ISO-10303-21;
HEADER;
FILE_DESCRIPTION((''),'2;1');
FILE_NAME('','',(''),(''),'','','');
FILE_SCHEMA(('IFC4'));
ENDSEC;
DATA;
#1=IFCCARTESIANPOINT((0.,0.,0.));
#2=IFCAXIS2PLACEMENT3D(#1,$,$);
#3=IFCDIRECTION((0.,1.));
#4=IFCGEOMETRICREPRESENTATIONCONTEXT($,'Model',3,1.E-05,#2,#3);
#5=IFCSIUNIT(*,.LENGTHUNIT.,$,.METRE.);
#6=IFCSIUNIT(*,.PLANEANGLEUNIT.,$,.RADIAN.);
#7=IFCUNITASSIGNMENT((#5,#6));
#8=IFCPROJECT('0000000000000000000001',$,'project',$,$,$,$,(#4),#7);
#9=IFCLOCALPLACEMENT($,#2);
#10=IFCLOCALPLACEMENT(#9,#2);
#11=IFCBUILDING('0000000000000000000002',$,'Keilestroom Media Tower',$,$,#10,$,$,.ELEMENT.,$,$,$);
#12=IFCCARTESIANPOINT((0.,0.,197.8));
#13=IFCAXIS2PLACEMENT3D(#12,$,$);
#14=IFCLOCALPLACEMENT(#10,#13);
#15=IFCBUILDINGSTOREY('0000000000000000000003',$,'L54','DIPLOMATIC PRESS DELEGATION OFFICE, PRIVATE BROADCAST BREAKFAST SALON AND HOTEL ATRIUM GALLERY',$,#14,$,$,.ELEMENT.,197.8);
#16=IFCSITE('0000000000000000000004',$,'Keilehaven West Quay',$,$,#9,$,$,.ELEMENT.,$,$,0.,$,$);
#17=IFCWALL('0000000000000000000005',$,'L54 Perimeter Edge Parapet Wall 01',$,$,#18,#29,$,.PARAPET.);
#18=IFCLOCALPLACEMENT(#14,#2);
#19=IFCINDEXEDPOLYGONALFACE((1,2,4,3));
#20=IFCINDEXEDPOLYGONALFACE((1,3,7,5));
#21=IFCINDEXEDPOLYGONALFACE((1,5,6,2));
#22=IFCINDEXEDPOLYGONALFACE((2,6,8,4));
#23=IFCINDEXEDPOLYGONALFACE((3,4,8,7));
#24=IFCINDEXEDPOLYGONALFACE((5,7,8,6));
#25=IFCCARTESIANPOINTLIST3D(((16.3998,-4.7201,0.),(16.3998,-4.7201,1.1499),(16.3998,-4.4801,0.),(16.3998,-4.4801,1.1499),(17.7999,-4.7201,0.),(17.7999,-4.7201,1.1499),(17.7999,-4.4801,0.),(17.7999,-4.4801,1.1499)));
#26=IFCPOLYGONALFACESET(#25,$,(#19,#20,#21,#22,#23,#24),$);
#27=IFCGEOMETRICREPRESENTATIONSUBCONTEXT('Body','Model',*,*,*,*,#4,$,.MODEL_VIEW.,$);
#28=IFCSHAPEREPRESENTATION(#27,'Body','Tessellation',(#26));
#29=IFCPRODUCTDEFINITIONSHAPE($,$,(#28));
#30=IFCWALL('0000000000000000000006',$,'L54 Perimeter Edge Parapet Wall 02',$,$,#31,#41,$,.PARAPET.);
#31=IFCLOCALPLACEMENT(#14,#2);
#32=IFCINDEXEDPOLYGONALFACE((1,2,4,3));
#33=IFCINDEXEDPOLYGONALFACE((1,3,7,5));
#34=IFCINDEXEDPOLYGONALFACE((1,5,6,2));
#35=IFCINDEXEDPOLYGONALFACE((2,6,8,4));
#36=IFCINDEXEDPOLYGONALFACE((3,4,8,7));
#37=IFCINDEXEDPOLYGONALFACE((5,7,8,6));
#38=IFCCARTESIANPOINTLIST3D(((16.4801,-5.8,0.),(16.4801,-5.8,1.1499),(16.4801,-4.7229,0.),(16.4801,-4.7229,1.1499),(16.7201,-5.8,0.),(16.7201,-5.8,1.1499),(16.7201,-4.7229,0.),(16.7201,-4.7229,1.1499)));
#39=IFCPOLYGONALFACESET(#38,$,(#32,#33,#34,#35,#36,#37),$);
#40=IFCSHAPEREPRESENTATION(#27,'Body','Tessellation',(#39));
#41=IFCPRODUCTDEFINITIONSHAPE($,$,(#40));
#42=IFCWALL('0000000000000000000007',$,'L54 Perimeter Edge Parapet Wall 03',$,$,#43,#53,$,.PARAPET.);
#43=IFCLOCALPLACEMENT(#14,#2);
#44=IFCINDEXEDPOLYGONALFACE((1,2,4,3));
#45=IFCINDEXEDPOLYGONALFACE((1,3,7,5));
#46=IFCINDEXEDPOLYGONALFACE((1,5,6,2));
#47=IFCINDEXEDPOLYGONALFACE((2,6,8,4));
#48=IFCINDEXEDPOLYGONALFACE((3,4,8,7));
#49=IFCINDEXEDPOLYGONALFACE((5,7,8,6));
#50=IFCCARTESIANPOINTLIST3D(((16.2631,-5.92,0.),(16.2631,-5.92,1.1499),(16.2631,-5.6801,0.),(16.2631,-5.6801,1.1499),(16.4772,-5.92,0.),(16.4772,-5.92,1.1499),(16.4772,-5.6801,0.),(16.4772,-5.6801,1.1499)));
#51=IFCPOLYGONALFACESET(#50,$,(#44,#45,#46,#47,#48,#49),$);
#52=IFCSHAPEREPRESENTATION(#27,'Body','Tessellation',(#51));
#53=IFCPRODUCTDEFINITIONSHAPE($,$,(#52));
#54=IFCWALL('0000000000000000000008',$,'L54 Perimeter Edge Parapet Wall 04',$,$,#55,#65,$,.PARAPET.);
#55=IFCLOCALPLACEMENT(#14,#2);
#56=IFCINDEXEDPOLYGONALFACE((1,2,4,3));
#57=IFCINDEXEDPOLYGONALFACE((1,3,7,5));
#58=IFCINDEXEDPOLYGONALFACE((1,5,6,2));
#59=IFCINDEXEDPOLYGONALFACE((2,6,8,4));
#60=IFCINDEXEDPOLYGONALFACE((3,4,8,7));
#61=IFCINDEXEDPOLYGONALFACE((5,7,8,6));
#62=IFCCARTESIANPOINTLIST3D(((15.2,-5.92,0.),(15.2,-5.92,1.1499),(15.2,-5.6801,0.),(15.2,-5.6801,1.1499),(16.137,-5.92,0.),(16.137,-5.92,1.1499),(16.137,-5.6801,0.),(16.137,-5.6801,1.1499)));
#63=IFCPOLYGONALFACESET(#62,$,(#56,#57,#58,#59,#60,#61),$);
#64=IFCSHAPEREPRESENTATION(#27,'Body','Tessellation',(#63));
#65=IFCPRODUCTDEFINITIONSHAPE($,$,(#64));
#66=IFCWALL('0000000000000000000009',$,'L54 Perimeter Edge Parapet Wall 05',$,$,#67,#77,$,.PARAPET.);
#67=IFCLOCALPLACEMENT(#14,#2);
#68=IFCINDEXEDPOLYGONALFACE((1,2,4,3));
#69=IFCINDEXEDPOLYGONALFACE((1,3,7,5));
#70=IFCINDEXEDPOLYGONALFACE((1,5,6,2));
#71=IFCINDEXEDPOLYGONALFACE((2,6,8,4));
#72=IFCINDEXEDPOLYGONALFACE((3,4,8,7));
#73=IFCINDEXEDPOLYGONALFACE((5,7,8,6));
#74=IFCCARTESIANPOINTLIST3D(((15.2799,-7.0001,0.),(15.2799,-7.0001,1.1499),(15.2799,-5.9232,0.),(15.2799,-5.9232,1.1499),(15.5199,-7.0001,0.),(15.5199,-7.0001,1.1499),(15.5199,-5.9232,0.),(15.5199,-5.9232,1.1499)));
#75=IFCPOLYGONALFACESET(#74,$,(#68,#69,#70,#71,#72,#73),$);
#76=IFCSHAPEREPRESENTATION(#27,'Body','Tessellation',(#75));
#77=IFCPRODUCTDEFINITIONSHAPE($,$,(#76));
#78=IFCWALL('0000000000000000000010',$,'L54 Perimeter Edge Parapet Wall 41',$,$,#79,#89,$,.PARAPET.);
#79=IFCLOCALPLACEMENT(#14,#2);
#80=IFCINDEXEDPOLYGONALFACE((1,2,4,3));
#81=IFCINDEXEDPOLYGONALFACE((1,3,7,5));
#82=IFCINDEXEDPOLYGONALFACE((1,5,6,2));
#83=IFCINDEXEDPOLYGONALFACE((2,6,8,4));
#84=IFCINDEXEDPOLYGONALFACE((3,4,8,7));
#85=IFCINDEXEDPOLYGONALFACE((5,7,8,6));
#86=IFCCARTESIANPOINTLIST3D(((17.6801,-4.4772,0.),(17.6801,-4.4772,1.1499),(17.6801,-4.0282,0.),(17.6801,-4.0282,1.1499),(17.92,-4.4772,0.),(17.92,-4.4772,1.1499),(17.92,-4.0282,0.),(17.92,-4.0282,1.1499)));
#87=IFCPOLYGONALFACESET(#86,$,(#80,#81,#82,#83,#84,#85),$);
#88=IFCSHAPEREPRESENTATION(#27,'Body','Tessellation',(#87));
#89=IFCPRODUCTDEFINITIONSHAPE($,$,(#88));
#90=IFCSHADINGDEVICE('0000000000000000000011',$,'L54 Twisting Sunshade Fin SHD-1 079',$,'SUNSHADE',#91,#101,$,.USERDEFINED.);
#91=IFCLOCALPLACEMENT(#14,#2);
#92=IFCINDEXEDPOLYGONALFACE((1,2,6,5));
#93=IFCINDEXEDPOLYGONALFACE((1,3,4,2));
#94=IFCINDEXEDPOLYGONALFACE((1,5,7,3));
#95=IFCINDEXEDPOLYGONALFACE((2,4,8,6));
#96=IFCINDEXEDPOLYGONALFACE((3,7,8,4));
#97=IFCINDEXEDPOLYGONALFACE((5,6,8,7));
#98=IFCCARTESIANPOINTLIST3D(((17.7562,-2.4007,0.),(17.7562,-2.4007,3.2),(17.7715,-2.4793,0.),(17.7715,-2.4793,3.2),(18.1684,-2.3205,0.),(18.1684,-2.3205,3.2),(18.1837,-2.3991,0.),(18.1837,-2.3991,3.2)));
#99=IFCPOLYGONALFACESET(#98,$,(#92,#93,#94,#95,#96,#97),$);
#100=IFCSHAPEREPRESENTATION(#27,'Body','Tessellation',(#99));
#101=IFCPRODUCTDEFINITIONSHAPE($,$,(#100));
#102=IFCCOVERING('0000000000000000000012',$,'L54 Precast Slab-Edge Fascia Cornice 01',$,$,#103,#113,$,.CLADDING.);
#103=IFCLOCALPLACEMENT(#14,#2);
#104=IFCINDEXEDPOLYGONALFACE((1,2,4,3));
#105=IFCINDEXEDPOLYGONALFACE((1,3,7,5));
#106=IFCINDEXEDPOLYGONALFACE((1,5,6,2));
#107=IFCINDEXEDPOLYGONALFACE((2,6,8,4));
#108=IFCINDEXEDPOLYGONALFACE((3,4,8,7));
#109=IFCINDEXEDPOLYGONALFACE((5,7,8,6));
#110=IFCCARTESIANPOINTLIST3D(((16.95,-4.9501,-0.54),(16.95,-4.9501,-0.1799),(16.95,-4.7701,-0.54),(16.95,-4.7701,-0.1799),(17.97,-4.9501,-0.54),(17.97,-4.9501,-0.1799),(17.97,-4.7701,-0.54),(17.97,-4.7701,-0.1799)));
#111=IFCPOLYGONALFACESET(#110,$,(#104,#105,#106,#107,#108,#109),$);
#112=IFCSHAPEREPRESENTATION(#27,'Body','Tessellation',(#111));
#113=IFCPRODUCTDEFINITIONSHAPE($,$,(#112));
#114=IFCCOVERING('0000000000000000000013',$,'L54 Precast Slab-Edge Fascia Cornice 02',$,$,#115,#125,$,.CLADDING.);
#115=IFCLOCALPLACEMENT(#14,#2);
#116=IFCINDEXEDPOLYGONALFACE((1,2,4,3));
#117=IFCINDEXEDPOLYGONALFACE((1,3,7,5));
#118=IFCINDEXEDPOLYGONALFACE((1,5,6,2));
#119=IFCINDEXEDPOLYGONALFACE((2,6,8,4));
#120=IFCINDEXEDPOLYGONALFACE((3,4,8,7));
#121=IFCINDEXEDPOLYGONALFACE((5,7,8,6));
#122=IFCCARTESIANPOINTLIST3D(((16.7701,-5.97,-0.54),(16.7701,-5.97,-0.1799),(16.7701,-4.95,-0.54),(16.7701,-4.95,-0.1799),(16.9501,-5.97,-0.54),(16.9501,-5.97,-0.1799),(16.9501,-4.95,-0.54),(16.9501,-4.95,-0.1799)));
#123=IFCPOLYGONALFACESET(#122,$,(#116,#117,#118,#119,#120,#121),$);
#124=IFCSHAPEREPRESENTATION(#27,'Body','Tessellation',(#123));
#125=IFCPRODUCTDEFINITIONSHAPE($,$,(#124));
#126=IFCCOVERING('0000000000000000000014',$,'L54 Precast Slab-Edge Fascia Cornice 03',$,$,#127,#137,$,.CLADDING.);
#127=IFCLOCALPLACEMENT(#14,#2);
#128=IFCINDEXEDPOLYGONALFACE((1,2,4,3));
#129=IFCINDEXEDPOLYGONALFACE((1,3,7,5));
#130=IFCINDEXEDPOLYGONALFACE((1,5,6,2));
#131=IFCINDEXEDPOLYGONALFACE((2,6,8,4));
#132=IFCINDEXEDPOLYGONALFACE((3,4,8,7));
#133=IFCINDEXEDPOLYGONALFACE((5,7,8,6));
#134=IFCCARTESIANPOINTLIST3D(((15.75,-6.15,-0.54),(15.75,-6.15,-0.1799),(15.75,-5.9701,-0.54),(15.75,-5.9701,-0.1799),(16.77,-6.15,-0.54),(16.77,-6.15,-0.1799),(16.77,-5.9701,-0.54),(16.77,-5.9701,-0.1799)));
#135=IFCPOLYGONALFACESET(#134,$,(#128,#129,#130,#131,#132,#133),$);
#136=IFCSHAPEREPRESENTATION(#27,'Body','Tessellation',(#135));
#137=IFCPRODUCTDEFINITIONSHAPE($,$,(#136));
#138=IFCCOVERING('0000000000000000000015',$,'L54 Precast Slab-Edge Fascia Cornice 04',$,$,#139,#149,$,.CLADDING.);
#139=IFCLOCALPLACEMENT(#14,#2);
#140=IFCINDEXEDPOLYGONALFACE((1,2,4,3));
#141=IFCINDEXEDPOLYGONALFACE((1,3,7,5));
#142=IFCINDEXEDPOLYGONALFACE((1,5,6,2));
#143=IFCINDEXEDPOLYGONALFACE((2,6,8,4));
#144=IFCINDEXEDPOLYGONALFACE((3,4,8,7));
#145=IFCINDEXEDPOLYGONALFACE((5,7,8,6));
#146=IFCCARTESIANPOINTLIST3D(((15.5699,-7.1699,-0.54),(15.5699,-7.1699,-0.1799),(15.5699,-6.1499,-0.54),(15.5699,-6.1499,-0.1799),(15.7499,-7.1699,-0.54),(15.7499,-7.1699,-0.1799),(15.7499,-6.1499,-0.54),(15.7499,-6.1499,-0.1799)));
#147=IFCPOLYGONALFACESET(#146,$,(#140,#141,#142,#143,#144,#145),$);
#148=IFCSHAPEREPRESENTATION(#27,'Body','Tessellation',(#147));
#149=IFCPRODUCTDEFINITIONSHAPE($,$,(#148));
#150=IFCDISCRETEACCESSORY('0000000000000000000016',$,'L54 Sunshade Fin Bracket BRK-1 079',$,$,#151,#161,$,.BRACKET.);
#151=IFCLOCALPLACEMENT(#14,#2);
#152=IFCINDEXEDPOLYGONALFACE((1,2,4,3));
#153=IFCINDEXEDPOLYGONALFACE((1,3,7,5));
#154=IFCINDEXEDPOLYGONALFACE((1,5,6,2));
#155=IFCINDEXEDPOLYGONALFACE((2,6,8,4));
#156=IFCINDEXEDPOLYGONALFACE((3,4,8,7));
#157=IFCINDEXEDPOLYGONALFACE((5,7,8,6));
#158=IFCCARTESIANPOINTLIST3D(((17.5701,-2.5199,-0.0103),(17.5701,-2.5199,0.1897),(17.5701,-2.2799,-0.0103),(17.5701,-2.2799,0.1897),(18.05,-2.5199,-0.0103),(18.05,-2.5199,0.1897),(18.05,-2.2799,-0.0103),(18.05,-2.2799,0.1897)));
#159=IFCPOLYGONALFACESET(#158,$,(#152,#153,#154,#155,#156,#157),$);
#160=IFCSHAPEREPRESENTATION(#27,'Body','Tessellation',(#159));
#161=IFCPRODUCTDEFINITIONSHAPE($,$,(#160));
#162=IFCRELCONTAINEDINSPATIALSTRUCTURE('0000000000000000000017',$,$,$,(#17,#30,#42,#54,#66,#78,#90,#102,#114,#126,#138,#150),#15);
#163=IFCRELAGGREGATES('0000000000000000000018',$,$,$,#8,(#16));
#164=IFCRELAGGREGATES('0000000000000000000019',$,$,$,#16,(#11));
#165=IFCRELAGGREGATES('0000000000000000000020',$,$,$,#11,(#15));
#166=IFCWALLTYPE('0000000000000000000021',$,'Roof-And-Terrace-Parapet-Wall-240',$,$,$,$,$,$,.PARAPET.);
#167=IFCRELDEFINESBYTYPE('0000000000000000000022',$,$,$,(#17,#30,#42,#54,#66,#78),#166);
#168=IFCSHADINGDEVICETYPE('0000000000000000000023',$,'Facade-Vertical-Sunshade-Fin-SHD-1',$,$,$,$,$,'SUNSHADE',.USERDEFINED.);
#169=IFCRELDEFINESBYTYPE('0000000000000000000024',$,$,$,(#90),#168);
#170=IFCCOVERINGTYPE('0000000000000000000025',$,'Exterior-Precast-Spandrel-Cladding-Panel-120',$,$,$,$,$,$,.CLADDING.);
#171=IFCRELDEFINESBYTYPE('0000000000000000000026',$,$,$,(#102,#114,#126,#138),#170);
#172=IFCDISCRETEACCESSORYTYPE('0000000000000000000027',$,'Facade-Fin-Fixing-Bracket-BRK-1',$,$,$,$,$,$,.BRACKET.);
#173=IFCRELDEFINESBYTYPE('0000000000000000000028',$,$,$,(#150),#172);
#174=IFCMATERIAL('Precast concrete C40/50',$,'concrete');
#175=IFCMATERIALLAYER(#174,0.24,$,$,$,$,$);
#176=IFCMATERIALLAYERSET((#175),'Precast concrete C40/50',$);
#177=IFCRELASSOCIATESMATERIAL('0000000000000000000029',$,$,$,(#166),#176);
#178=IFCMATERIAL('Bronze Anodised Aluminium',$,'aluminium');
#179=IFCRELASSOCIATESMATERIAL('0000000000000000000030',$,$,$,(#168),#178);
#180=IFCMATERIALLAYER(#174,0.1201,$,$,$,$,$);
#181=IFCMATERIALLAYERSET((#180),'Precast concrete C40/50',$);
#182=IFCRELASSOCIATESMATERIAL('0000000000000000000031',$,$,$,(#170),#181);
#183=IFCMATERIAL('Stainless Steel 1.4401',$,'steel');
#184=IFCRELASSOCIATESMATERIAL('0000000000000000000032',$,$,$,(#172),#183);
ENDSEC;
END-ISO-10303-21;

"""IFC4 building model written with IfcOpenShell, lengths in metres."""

from ifc_helpers import new_model, si_unit, direction, frame, frame_2d, origin, origin_2d, place, context, subcontext, project, spatial, rectangle, extrude, source, transform, mapped, material, layer, layer_set, type_object, element, save


model = new_model("IFC4")

# Units and contexts
model_context = context("Model", 3, precision=1e-05, world=origin(), true_north=direction((0.0, 1.0)))
body_context = subcontext(model_context, "Body", "Model", "MODEL_VIEW")
ifc_project = project(units=[si_unit("LENGTHUNIT", "METRE"), si_unit("PLANEANGLEUNIT", "RADIAN")], contexts=[model_context])

# Site, building, storey
site_placement = place(None, origin())
site = spatial("IfcSite", under=ifc_project, at=site_placement, Name="Keilehaven West Quay", CompositionType="ELEMENT", RefElevation=0.0)
building_placement = place(site_placement, origin())
building = spatial("IfcBuilding", under=site, at=building_placement, Name="Keilestroom Media Tower", CompositionType="ELEMENT")
storey_placement = place(building_placement, frame((0.0, 0.0, 197.8)))
storey = spatial("IfcBuildingStorey", under=building, at=storey_placement, Name="L54", Description="DIPLOMATIC PRESS DELEGATION OFFICE, PRIVATE BROADCAST BREAKFAST SALON AND HOTEL ATRIUM GALLERY", CompositionType="ELEMENT", Elevation=197.8)

# Shared definitions
ifc_material_1 = material(Name="Precast concrete C40/50", Category="concrete")

# Walls
ifc_layer_1 = layer(ifc_material_1, 0.24)
ifc_layer_set_1 = layer_set([ifc_layer_1], Name="Precast concrete C40/50")
wall_type_1 = type_object("IfcWallType", Name="Roof-And-Terrace-Parapet-Wall-240", PredefinedType="PARAPET", material=ifc_layer_set_1)
wall_1_placement = place(storey_placement, frame((17.8, -4.6001, 0.0), z_axis=(0.0, 0.0, 1.0), x_axis=(-1.0, 0.0, 0.0)))
element("IfcWall", 1, at=wall_1_placement, inside=storey, type_object=wall_type_1, Name="L54 Perimeter Edge Parapet Wall 01", PredefinedType="PARAPET", context=body_context, shape_type="SweptSolid", body=[
    extrude(rectangle(XDim=1.4001, YDim=0.24, at=frame_2d((0.7002, 0.0))), origin(), (0.0, 0.0, 1.0), 1.1499),
])
wall_2_placement = place(storey_placement, frame((16.6001, -4.7229, 0.0), z_axis=(0.0, 0.0, 1.0), x_axis=(0.0, -1.0, 0.0)))
element("IfcWall", 2, at=wall_2_placement, inside=storey, type_object=wall_type_1, Name="L54 Perimeter Edge Parapet Wall 02", PredefinedType="PARAPET", context=body_context, shape_type="SweptSolid", body=[
    extrude(rectangle(XDim=1.0771, YDim=0.24, at=frame_2d((0.5386, 0.0))), origin(), (0.0, 0.0, 1.0), 1.1499),
])
wall_3_placement = place(storey_placement, frame((16.4771, -5.8, 0.0), z_axis=(0.0, 0.0, 1.0), x_axis=(-1.0, 0.0, 0.0)))
element("IfcWall", 3, at=wall_3_placement, inside=storey, type_object=wall_type_1, Name="L54 Perimeter Edge Parapet Wall 03", PredefinedType="PARAPET", context=body_context, shape_type="SweptSolid", body=[
    extrude(rectangle(XDim=0.2141, YDim=0.24, at=frame_2d((0.1069, 0.0))), origin(), (0.0, 0.0, 1.0), 1.1499),
])
wall_4_placement = place(storey_placement, frame((16.137, -5.8, 0.0), z_axis=(0.0, 0.0, 1.0), x_axis=(-1.0, 0.0, 0.0)))
element("IfcWall", 4, at=wall_4_placement, inside=storey, type_object=wall_type_1, Name="L54 Perimeter Edge Parapet Wall 04", PredefinedType="PARAPET", context=body_context, shape_type="SweptSolid", body=[
    extrude(rectangle(XDim=0.937, YDim=0.24, at=frame_2d((0.4685, 0.0))), origin(), (0.0, 0.0, 1.0), 1.1499),
])
wall_5_placement = place(storey_placement, frame((15.3999, -5.9231, 0.0), z_axis=(0.0, 0.0, 1.0), x_axis=(0.0, -1.0, 0.0)))
element("IfcWall", 5, at=wall_5_placement, inside=storey, type_object=wall_type_1, Name="L54 Perimeter Edge Parapet Wall 05", PredefinedType="PARAPET", context=body_context, shape_type="SweptSolid", body=[
    extrude(rectangle(XDim=1.0769, YDim=0.24, at=frame_2d((0.5386, 0.0))), origin(), (0.0, 0.0, 1.0), 1.1499),
])
wall_6_placement = place(storey_placement, frame((17.8, -4.0281, 0.0), z_axis=(0.0, 0.0, 1.0), x_axis=(0.0, -1.0, 0.0)))
element("IfcWall", 6, at=wall_6_placement, inside=storey, type_object=wall_type_1, Name="L54 Perimeter Edge Parapet Wall 41", PredefinedType="PARAPET", context=body_context, shape_type="SweptSolid", body=[
    extrude(rectangle(XDim=0.449, YDim=0.24, at=frame_2d((0.2246, 0.0))), origin(), (0.0, 0.0, 1.0), 1.1499),
])

# Shading device
ifc_material_2 = material(Name="Bronze Anodised Aluminium", Category="aluminium")
shading_device_type = type_object("IfcShadingDeviceType", Name="Facade-Vertical-Sunshade-Fin-SHD-1", ElementType="SUNSHADE", PredefinedType="USERDEFINED", material=ifc_material_2)
shared_shape_1 = source(origin(), body_context, "Body", "SweptSolid", [
    extrude(rectangle(XDim=0.4199, YDim=0.0801, at=origin_2d()), origin(), (0.0, 0.0, 1.0), 3.2),
])
shading_device_placement = place(storey_placement, frame((17.97, -2.3999, 0.0), z_axis=(0.0, 0.0, 1.0), x_axis=(0.981561, 0.191152, 0.0)))
element("IfcShadingDevice", 7, at=shading_device_placement, inside=storey, type_object=shading_device_type, Name="L54 Twisting Sunshade Fin SHD-1 079", ObjectType="SUNSHADE", PredefinedType="USERDEFINED", context=body_context, shape_type="MappedRepresentation", body=[
    mapped(shared_shape_1, transform((0.0, 0.0, 0.0), x_axis=(1.0, 0.0, 0.0), y_axis=(0.0, 1.0, 0.0), z_axis=(0.0, 0.0, 1.0), scale=1.0)),
])

# Coverings
ifc_layer_2 = layer(ifc_material_1, 0.1201)
ifc_layer_set_2 = layer_set([ifc_layer_2], Name="Precast concrete C40/50")
covering_type = type_object("IfcCoveringType", Name="Exterior-Precast-Spandrel-Cladding-Panel-120", PredefinedType="CLADDING", material=ifc_layer_set_2)
shared_shape_2 = source(origin(), body_context, "Body", "SweptSolid", [
    extrude(rectangle(XDim=1.02, YDim=0.1799, at=origin_2d()), origin(), (0.0, 0.0, 1.0), 0.3601),
])
for number, where, z_axis, x_axis, name in (
    (8, (17.46, -4.8601, -0.54), (0.0, 0.0, 1.0), (-1.0, 0.0, 0.0), "L54 Precast Slab-Edge Fascia Cornice 01"),
    (9, (16.8601, -5.46, -0.54), (0.0, 0.0, 1.0), (0.0, -1.0, 0.0), "L54 Precast Slab-Edge Fascia Cornice 02"),
    (10, (16.26, -6.0601, -0.54), (0.0, 0.0, 1.0), (-1.0, 0.0, 0.0), "L54 Precast Slab-Edge Fascia Cornice 03"),
    (11, (15.6599, -6.6599, -0.54), (0.0, 0.0, 1.0), (0.0, -1.0, 0.0), "L54 Precast Slab-Edge Fascia Cornice 04"),
):
    element("IfcCovering", number, at=place(storey_placement, frame(where, z_axis=z_axis, x_axis=x_axis)), inside=storey, type_object=covering_type, Name=name, PredefinedType="CLADDING", context=body_context, shape_type="MappedRepresentation", body=[
        mapped(shared_shape_2, transform((0.0, 0.0, 0.0), x_axis=(1.0, 0.0, 0.0), y_axis=(0.0, 1.0, 0.0), z_axis=(0.0, 0.0, 1.0), scale=1.0)),
    ])

# Discrete accessory
ifc_material_3 = material(Name="Stainless Steel 1.4401", Category="steel")
discrete_accessory_type = type_object("IfcDiscreteAccessoryType", Name="Facade-Fin-Fixing-Bracket-BRK-1", PredefinedType="BRACKET", material=ifc_material_3)
shared_shape_3 = source(origin(), body_context, "Body", "SweptSolid", [
    extrude(rectangle(XDim=0.48, YDim=0.24, at=origin_2d()), origin(), (0.0, 0.0, 1.0), 0.2),
])
discrete_accessory_placement = place(storey_placement, frame((17.8101, -2.3999, -0.0103), z_axis=(0.0, 0.0, 1.0), x_axis=(1.0, 0.0, 0.0)))
element("IfcDiscreteAccessory", 12, at=discrete_accessory_placement, inside=storey, type_object=discrete_accessory_type, Name="L54 Sunshade Fin Bracket BRK-1 079", PredefinedType="BRACKET", context=body_context, shape_type="MappedRepresentation", body=[
    mapped(shared_shape_3, transform((0.0, 0.0, 0.0), x_axis=(1.0, 0.0, 0.0), y_axis=(0.0, 1.0, 0.0), z_axis=(0.0, 0.0, 1.0), scale=1.0)),
])

save(model, "model.ifc")
